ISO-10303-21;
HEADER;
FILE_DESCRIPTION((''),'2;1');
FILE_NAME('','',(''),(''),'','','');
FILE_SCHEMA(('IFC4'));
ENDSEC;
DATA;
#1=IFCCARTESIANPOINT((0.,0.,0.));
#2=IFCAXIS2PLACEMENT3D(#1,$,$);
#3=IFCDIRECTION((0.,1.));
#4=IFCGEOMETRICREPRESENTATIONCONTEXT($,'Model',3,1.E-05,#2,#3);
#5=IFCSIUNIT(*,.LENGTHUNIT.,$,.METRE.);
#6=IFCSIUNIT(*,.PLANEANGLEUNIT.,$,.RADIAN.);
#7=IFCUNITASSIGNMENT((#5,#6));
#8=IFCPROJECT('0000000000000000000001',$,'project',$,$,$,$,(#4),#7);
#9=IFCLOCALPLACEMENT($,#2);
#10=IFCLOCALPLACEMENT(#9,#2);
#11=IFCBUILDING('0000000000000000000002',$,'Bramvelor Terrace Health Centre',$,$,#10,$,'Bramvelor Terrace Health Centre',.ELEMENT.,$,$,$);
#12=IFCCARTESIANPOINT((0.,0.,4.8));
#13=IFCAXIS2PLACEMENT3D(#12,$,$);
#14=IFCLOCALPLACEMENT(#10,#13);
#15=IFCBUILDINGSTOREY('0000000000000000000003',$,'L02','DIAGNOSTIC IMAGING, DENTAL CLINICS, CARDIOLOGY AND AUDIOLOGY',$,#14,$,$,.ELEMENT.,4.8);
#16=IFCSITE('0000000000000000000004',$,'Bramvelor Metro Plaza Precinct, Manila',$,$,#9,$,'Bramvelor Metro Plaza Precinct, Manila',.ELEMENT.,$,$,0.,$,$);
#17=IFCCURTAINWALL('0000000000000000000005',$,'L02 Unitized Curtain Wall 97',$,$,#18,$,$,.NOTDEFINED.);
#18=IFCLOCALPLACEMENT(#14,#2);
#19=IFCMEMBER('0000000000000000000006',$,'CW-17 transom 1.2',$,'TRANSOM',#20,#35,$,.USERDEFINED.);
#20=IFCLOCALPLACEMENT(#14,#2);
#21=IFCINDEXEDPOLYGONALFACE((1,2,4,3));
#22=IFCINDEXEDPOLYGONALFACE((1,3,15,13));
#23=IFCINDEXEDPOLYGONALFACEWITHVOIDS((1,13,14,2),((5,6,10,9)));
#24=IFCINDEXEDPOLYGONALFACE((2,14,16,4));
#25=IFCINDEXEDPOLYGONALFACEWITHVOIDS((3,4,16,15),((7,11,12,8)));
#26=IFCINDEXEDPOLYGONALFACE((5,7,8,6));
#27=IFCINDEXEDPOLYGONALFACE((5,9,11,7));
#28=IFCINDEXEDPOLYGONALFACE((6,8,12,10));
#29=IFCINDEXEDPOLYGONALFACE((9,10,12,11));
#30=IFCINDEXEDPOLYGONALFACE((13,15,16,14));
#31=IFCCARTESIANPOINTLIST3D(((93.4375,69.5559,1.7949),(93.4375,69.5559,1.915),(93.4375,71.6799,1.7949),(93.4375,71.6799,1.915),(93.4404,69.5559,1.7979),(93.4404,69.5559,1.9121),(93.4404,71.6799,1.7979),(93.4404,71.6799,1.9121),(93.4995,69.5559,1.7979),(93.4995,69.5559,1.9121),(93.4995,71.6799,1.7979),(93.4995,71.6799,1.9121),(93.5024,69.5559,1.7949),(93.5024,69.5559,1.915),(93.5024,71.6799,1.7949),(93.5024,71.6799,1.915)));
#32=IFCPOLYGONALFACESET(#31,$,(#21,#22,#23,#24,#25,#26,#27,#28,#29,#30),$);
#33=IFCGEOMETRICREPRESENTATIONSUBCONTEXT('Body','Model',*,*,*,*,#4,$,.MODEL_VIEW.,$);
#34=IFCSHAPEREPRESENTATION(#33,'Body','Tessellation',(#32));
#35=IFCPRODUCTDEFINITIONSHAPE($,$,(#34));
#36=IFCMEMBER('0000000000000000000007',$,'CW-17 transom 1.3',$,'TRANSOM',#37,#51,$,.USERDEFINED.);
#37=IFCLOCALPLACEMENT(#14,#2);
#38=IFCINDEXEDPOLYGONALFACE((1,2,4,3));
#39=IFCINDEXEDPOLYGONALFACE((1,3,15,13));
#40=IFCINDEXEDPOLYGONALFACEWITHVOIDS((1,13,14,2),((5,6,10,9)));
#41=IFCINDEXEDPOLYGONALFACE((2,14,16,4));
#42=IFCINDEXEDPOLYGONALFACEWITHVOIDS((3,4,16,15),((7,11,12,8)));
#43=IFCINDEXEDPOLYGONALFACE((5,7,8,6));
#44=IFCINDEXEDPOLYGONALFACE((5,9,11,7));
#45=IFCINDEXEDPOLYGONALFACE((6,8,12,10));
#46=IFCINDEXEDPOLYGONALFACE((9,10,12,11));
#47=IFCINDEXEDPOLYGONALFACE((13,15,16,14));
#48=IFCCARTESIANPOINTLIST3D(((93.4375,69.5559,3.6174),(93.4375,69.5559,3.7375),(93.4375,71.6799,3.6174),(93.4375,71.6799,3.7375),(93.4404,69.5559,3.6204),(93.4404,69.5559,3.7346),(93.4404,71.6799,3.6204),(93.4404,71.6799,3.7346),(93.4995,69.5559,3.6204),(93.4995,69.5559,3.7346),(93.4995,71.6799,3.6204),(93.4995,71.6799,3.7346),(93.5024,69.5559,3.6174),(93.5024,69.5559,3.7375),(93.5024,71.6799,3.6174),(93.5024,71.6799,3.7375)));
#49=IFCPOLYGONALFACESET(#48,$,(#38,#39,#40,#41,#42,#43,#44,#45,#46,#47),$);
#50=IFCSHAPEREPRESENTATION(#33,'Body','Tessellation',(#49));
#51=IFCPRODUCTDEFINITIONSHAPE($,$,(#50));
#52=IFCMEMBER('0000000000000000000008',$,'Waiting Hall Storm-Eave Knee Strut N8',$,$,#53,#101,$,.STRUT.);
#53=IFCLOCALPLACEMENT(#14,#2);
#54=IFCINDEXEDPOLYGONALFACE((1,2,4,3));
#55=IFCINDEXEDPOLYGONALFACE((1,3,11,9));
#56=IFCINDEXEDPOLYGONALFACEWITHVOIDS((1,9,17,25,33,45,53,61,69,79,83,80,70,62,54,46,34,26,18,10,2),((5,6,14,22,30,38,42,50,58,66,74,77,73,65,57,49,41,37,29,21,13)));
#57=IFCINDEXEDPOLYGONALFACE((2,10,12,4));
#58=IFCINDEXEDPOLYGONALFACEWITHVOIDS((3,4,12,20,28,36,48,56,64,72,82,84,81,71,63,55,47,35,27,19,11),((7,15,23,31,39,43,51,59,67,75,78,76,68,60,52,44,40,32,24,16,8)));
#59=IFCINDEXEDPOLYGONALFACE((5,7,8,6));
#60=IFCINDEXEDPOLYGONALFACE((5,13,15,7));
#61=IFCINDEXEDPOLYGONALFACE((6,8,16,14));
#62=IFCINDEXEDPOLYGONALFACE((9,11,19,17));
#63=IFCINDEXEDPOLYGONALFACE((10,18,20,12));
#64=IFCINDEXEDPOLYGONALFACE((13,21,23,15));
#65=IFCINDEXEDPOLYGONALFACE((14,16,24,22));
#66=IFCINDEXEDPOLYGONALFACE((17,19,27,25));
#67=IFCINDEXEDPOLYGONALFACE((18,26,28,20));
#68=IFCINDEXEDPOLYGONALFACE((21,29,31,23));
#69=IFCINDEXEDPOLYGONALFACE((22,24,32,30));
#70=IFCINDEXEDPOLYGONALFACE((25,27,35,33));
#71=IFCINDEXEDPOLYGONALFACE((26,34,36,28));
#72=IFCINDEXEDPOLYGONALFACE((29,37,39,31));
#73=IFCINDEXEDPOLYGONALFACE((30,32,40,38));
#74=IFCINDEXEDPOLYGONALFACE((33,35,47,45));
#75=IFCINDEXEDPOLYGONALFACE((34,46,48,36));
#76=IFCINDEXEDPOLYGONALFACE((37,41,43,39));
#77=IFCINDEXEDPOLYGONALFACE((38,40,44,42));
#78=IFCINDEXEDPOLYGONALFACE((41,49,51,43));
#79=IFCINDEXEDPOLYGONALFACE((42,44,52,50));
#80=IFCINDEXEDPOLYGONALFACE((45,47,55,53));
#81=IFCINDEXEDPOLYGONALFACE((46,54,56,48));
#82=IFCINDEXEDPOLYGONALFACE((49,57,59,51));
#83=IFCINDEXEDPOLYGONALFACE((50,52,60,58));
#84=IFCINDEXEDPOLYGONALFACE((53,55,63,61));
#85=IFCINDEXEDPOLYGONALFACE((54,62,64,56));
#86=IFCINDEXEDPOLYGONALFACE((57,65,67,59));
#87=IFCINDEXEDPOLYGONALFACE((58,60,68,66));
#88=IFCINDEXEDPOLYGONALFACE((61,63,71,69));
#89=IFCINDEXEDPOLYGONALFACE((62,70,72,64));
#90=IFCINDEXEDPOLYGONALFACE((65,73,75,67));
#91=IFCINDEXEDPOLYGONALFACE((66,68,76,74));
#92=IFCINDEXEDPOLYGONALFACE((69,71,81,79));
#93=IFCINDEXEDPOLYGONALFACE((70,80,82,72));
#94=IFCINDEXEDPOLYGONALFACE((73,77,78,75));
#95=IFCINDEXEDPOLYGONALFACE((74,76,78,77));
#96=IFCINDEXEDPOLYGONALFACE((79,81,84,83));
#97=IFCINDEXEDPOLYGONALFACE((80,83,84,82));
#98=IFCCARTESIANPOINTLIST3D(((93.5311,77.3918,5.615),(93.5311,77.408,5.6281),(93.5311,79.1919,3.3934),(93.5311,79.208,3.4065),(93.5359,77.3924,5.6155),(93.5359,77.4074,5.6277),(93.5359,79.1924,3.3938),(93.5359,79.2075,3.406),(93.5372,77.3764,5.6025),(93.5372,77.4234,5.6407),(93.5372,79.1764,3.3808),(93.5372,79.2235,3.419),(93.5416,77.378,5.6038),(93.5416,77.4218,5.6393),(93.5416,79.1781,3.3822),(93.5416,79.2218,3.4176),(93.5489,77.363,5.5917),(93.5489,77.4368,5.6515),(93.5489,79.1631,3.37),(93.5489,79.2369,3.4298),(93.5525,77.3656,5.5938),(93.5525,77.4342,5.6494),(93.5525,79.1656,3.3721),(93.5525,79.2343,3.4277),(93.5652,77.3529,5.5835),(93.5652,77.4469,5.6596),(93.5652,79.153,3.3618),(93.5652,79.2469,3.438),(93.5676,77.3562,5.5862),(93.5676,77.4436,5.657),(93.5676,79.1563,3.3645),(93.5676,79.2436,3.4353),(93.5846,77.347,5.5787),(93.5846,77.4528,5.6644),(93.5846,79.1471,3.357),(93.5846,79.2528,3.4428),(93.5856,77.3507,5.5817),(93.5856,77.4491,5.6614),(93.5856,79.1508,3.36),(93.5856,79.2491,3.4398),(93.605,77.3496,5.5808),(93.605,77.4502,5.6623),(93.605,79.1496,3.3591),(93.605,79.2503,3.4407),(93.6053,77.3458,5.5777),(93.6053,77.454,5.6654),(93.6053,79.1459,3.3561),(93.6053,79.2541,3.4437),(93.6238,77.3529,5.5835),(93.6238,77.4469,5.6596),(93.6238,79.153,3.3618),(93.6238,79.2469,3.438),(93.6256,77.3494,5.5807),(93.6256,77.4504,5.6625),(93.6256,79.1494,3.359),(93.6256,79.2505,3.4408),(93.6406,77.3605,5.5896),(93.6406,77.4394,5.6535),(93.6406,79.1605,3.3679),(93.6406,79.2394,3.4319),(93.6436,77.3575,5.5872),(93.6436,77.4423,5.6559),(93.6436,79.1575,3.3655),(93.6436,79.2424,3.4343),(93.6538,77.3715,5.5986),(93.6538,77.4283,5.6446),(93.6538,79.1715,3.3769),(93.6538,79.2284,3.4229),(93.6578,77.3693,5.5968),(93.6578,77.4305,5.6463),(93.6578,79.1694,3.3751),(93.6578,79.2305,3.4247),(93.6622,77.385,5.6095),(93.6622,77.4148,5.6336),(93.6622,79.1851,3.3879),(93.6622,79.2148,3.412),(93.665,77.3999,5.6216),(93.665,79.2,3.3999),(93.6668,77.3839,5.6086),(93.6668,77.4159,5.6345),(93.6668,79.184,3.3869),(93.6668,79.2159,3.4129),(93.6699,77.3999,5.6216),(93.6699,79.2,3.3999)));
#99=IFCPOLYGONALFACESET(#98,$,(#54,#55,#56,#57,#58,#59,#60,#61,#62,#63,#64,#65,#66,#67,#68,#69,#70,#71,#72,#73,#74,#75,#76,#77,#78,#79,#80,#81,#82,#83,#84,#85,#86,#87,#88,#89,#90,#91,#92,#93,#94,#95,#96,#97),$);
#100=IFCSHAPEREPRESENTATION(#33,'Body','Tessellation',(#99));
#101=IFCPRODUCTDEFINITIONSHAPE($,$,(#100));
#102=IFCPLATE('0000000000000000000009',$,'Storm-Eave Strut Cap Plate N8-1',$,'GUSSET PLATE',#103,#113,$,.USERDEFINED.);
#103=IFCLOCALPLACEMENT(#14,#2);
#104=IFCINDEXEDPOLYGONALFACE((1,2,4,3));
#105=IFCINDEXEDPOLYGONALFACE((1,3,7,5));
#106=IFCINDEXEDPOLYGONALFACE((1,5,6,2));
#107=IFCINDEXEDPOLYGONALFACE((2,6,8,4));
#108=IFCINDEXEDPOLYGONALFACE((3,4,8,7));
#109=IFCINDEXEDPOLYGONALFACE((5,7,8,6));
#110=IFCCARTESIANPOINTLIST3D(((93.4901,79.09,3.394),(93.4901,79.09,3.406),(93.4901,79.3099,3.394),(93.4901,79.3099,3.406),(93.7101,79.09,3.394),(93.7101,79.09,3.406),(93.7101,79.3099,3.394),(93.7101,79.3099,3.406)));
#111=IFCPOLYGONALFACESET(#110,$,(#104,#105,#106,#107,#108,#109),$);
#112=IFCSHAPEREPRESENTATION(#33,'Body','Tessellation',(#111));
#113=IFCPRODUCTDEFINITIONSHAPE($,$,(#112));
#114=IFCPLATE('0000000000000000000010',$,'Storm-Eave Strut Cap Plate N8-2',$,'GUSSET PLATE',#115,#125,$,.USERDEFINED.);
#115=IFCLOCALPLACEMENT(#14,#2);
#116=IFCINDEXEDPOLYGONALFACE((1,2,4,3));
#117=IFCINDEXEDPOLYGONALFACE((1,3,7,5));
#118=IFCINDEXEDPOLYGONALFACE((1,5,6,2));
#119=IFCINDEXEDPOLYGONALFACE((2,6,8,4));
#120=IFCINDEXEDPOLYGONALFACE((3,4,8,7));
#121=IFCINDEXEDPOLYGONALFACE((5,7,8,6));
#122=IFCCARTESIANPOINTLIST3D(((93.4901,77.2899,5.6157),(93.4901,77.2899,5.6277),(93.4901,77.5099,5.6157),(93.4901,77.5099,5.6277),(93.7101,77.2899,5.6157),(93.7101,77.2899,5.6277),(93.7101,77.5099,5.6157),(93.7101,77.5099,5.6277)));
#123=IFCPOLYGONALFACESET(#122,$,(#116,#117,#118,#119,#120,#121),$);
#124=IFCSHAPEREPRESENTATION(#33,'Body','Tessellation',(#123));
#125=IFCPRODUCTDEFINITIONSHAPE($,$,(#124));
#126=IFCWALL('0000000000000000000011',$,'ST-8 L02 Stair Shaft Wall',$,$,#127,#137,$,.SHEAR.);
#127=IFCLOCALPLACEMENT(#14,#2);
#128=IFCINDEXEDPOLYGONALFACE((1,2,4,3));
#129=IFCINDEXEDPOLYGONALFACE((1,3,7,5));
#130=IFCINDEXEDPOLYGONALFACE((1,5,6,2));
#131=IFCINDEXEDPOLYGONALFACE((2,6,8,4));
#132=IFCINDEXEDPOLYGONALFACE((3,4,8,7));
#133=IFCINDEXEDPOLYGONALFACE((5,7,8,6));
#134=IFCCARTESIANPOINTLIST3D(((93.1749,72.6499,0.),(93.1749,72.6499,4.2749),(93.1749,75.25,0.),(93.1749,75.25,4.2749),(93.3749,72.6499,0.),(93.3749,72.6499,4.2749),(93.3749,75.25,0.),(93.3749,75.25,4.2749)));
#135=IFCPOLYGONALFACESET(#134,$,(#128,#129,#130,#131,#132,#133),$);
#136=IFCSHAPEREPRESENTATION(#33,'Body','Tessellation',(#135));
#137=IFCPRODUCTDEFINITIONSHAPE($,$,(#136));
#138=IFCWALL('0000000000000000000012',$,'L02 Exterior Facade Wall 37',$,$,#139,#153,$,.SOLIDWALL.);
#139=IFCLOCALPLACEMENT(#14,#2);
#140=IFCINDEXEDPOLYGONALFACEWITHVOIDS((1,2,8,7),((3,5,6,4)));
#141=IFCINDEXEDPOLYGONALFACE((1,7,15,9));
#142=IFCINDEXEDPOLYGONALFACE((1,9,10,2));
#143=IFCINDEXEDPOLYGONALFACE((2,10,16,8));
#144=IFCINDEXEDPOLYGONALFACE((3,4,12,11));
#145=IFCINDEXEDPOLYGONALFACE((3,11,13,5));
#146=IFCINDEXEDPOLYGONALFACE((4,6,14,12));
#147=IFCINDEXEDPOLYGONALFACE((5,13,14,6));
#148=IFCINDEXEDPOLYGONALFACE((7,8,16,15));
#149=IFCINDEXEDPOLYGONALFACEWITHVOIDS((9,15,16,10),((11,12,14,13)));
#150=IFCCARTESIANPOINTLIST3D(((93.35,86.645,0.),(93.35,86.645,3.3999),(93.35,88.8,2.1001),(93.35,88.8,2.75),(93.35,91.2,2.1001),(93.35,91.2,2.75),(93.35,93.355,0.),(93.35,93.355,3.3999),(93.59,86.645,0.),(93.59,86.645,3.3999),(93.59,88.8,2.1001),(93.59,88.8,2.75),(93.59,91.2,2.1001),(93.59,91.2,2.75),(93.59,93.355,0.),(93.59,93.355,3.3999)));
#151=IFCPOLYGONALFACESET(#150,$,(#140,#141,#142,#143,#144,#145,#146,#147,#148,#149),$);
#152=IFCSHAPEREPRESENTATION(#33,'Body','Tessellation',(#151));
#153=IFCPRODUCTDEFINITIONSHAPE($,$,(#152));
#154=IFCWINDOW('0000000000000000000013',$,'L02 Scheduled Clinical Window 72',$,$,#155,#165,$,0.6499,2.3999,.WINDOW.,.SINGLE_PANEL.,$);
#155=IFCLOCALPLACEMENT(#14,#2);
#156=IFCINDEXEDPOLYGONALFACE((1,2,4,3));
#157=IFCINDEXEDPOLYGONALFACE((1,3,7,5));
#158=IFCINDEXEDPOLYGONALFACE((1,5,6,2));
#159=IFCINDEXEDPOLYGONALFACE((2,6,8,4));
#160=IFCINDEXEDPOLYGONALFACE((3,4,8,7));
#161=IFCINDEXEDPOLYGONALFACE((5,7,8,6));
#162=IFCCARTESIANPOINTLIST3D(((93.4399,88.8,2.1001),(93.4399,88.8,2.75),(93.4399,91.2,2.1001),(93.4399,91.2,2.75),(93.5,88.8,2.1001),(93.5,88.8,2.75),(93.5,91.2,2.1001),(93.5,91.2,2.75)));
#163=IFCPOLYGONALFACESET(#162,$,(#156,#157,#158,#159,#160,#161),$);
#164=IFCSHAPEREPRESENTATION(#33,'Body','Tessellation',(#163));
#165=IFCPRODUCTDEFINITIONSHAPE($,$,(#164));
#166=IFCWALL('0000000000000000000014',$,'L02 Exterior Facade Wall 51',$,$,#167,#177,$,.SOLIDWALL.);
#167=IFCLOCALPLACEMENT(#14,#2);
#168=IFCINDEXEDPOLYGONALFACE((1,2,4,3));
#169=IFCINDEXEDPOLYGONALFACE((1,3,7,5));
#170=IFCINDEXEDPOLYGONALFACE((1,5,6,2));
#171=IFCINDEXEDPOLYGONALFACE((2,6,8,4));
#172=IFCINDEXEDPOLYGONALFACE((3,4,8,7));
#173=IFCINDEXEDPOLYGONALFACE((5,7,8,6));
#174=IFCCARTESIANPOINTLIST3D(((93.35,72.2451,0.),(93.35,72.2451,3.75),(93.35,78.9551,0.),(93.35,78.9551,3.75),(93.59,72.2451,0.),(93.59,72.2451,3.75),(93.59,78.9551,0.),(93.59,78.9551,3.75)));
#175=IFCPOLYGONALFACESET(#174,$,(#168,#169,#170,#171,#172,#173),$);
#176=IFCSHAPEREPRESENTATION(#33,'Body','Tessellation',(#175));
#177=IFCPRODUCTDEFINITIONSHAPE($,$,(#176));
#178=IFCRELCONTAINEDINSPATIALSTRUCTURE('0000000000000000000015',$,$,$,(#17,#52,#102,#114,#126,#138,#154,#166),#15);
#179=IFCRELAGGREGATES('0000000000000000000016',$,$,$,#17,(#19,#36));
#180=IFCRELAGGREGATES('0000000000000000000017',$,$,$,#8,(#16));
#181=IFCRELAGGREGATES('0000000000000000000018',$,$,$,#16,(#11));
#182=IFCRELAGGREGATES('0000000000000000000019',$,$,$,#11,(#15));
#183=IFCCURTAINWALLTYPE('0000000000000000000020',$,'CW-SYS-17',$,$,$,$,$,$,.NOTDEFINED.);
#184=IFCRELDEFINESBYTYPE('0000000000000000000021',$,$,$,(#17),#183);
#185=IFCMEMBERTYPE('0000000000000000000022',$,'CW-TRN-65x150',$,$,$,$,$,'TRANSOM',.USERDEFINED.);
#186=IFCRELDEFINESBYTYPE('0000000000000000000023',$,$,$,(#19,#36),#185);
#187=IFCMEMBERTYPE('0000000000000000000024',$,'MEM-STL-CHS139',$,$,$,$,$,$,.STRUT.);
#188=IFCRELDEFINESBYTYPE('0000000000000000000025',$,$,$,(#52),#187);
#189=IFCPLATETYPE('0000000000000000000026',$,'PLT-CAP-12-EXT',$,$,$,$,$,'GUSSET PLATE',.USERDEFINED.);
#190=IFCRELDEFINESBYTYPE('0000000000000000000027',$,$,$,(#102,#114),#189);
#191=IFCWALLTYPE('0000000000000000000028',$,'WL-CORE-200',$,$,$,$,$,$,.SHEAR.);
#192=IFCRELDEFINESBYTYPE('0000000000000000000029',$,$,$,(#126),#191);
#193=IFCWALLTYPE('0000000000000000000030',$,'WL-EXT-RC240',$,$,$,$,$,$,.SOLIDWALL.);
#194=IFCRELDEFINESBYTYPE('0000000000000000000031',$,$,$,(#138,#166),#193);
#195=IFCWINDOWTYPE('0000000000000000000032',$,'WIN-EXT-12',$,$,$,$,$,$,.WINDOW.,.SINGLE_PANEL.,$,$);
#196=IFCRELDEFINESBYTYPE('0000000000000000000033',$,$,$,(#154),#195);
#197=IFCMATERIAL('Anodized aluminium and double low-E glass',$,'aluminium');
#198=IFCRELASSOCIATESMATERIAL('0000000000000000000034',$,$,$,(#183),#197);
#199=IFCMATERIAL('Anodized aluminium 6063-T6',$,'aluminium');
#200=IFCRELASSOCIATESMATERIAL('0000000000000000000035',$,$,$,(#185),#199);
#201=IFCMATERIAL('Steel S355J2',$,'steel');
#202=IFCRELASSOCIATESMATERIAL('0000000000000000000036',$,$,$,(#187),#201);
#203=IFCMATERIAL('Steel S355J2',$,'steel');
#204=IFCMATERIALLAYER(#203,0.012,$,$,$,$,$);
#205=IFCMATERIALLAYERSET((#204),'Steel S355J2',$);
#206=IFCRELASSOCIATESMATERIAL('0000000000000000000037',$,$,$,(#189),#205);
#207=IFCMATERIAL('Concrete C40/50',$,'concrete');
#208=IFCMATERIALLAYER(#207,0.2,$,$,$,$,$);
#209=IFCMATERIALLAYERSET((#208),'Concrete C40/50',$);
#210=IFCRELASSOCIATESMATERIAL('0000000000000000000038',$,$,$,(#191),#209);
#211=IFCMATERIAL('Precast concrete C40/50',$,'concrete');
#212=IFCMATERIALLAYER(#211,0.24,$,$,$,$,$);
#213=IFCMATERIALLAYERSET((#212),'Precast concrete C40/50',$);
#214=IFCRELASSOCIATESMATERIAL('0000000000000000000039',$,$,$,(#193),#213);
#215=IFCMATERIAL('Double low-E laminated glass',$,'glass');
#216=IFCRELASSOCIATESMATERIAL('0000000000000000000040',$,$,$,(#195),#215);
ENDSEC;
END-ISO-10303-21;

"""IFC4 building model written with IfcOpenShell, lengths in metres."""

from ifc_helpers import new_model, si_unit, direction, frame, frame_2d, origin, origin_2d, place, context, subcontext, project, spatial, rectangle, hollow_rectangle, hollow_circle, extrude, material, layer, layer_set, material_profile, profile_set, type_object, element, fill, aggregate, save


model = new_model("IFC4")

# Units and contexts
model_context = context("Model", 3, precision=1e-05, world=origin(), true_north=direction((0.0, 1.0)))
body_context = subcontext(model_context, "Body", "Model", "MODEL_VIEW")
ifc_project = project(units=[si_unit("LENGTHUNIT", "METRE"), si_unit("PLANEANGLEUNIT", "RADIAN")], contexts=[model_context])

# Site, building, storey
site_placement = place(None, origin())
site = spatial("IfcSite", under=ifc_project, at=site_placement, Name="Bramvelor Metro Plaza Precinct, Manila", LongName="Bramvelor Metro Plaza Precinct, Manila", CompositionType="ELEMENT", RefElevation=0.0)
building_placement = place(site_placement, origin())
building = spatial("IfcBuilding", under=site, at=building_placement, Name="Bramvelor Terrace Health Centre", LongName="Bramvelor Terrace Health Centre", CompositionType="ELEMENT")
storey_placement = place(building_placement, frame((0.0, 0.0, 4.8)))
storey = spatial("IfcBuildingStorey", under=building, at=storey_placement, Name="L02", Description="DIAGNOSTIC IMAGING, DENTAL CLINICS, CARDIOLOGY AND AUDIOLOGY", CompositionType="ELEMENT", Elevation=4.8)

# Curtain wall
ifc_material_1 = material(Name="Anodized aluminium and double low-E glass", Category="aluminium")
curtain_wall_type_1 = type_object("IfcCurtainWallType", Name="CW-SYS-17", PredefinedType="NOTDEFINED", material=ifc_material_1)
curtain_wall_1_placement = place(storey_placement, origin())
curtain_wall_1 = element("IfcCurtainWall", 1, at=curtain_wall_1_placement, inside=storey, type_object=curtain_wall_type_1, Name="L02 Unitized Curtain Wall 97", PredefinedType="NOTDEFINED")

# Members
ifc_material_2 = material(Name="Anodized aluminium 6063-T6", Category="aluminium")
ifc_material_profile_1 = material_profile(ifc_material_2, hollow_rectangle(XDim=0.0649, YDim=0.1201, WallThickness=0.0029, at=origin_2d()), Name="ALU-TRN 65x120x3.0")
ifc_profile_set_1 = profile_set([ifc_material_profile_1], Name="Anodized aluminium 6063-T6")
member_type_1 = type_object("IfcMemberType", Name="CW-TRN-65x150", ElementType="TRANSOM", PredefinedType="USERDEFINED", material=ifc_profile_set_1)
member_1_placement = place(storey_placement, frame((93.47, 71.6799, 1.855), z_axis=(0.0, -1.0, 0.0), x_axis=(1.0, 0.0, 0.0)))
member_1 = element("IfcMember", 2, at=member_1_placement, type_object=member_type_1, Name="CW-17 transom 1.2", ObjectType="TRANSOM", PredefinedType="USERDEFINED", context=body_context, shape_type="SweptSolid", body=[
    extrude(hollow_rectangle(XDim=0.0649, YDim=0.1201, WallThickness=0.0029, at=origin_2d()), origin(), (0.0, 0.0, 1.0), 2.124),
])
member_2_placement = place(storey_placement, frame((93.47, 71.6799, 3.6775), z_axis=(0.0, -1.0, 0.0), x_axis=(1.0, 0.0, 0.0)))
member_2 = element("IfcMember", 3, at=member_2_placement, type_object=member_type_1, Name="CW-17 transom 1.3", ObjectType="TRANSOM", PredefinedType="USERDEFINED", context=body_context, shape_type="SweptSolid", body=[
    extrude(hollow_rectangle(XDim=0.0649, YDim=0.1201, WallThickness=0.0029, at=origin_2d()), origin(), (0.0, 0.0, 1.0), 2.124),
])
aggregate(curtain_wall_1, [member_1, member_2])
ifc_material_3 = material(Name="Steel S355J2", Category="steel")
ifc_material_profile_2 = material_profile(ifc_material_3, hollow_circle(Radius=0.0698, WallThickness=0.0049, at=origin_2d()), Name="CHS 139.7x5.0")
ifc_profile_set_2 = profile_set([ifc_material_profile_2], Name="Steel S355J2")
member_type_2 = type_object("IfcMemberType", Name="MEM-STL-CHS139", PredefinedType="STRUT", material=ifc_profile_set_2)
member_3_placement = place(storey_placement, frame((93.6001, 79.2, 3.3999), z_axis=(0.0, -0.629525, 0.77698), x_axis=(1.0, 0.0, 0.0)))
element("IfcMember", 4, at=member_3_placement, inside=storey, type_object=member_type_2, Name="Waiting Hall Storm-Eave Knee Strut N8", PredefinedType="STRUT", context=body_context, shape_type="SweptSolid", body=[
    extrude(hollow_circle(Radius=0.0698, WallThickness=0.0049, at=origin_2d()), origin(), (0.0, 0.0, 1.0), 2.8594),
])

# Plates
ifc_material_4 = material(Name="Steel S355J2", Category="steel")
ifc_layer_1 = layer(ifc_material_4, 0.012)
ifc_layer_set_1 = layer_set([ifc_layer_1], Name="Steel S355J2")
plate_type = type_object("IfcPlateType", Name="PLT-CAP-12-EXT", ElementType="GUSSET PLATE", PredefinedType="USERDEFINED", material=ifc_layer_set_1)
for number, where, z_axis, x_axis, name in (
    (5, (93.6001, 79.2, 3.394), (0.0, 0.0, 1.0), (1.0, 0.0, 0.0), "Storm-Eave Strut Cap Plate N8-1"),
    (6, (93.6001, 77.3999, 5.6157), (0.0, 0.0, 1.0), (1.0, 0.0, 0.0), "Storm-Eave Strut Cap Plate N8-2"),
):
    element("IfcPlate", number, at=place(storey_placement, frame(where, z_axis=z_axis, x_axis=x_axis)), inside=storey, type_object=plate_type, Name=name, ObjectType="GUSSET PLATE", PredefinedType="USERDEFINED", context=body_context, shape_type="SweptSolid", body=[
        extrude(rectangle(XDim=0.22, YDim=0.22, at=origin_2d()), origin(), (0.0, 0.0, 1.0), 0.012),
    ])

# Wall
ifc_material_5 = material(Name="Concrete C40/50", Category="concrete")
ifc_layer_2 = layer(ifc_material_5, 0.2)
ifc_layer_set_2 = layer_set([ifc_layer_2], Name="Concrete C40/50")
wall_type_1 = type_object("IfcWallType", Name="WL-CORE-200", PredefinedType="SHEAR", material=ifc_layer_set_2)
wall_1_placement = place(storey_placement, frame((93.2749, 72.6499, 0.0), z_axis=(0.0, 0.0, 1.0), x_axis=(0.0, 1.0, 0.0)))
element("IfcWall", 7, at=wall_1_placement, inside=storey, type_object=wall_type_1, Name="ST-8 L02 Stair Shaft Wall", PredefinedType="SHEAR", context=body_context, shape_type="SweptSolid", body=[
    extrude(rectangle(XDim=2.6001, YDim=0.2, at=frame_2d((1.3, 0.0))), origin(), (0.0, 0.0, 1.0), 4.2749),
])

# Wall, opening, window
ifc_material_6 = material(Name="Precast concrete C40/50", Category="concrete")
ifc_layer_3 = layer(ifc_material_6, 0.24)
ifc_layer_set_3 = layer_set([ifc_layer_3], Name="Precast concrete C40/50")
wall_type_2 = type_object("IfcWallType", Name="WL-EXT-RC240", PredefinedType="SOLIDWALL", material=ifc_layer_set_3)
wall_2_placement = place(storey_placement, frame((93.47, 93.355, 0.0), z_axis=(0.0, 0.0, 1.0), x_axis=(0.0, -1.0, 0.0)))
wall_2 = element("IfcWall", 8, at=wall_2_placement, inside=storey, type_object=wall_type_2, Name="L02 Exterior Facade Wall 37", PredefinedType="SOLIDWALL", context=body_context, shape_type="SweptSolid", body=[
    extrude(rectangle(XDim=6.71, YDim=0.24, at=frame_2d((3.355, 0.0))), origin(), (0.0, 0.0, 1.0), 3.3999),
])
opening_placement = place(wall_2_placement, frame((2.155, 0.0, 2.1001)))
opening = element("IfcOpeningElement", 9, at=opening_placement, cuts=wall_2, PredefinedType="OPENING", context=body_context, shape_type="SweptSolid", body=[
    extrude(rectangle(XDim=2.3999, YDim=0.6499, at=frame_2d((1.2, 0.325))), frame((0.0, 0.1299, 0.0), z_axis=(0.0, -1.0, 0.0), x_axis=(1.0, 0.0, 0.0)), (0.0, 0.0, 1.0), 0.26),
])
ifc_material_7 = material(Name="Double low-E laminated glass", Category="glass")
window_type = type_object("IfcWindowType", Name="WIN-EXT-12", PartitioningType="SINGLE_PANEL", PredefinedType="WINDOW", material=ifc_material_7)
window_placement = place(opening_placement, origin())
window = element("IfcWindow", 10, at=window_placement, inside=storey, type_object=window_type, Name="L02 Scheduled Clinical Window 72", OverallHeight=0.6499, OverallWidth=2.3999, PartitioningType="SINGLE_PANEL", PredefinedType="WINDOW", context=body_context, shape_type="SweptSolid", body=[
    extrude(rectangle(XDim=2.3999, YDim=0.6499, at=frame_2d((1.2, 0.325))), frame((0.0, 0.03, 0.0), z_axis=(0.0, -1.0, 0.0), x_axis=(1.0, 0.0, 0.0)), (0.0, 0.0, 1.0), 0.0601),
])
fill(opening, window)

# Wall
wall_3_placement = place(storey_placement, frame((93.47, 78.9551, 0.0), z_axis=(0.0, 0.0, 1.0), x_axis=(0.0, -1.0, 0.0)))
element("IfcWall", 11, at=wall_3_placement, inside=storey, type_object=wall_type_2, Name="L02 Exterior Facade Wall 51", PredefinedType="SOLIDWALL", context=body_context, shape_type="SweptSolid", body=[
    extrude(rectangle(XDim=6.71, YDim=0.24, at=frame_2d((3.355, 0.0))), origin(), (0.0, 0.0, 1.0), 3.75),
])

save(model, "model.ifc")
